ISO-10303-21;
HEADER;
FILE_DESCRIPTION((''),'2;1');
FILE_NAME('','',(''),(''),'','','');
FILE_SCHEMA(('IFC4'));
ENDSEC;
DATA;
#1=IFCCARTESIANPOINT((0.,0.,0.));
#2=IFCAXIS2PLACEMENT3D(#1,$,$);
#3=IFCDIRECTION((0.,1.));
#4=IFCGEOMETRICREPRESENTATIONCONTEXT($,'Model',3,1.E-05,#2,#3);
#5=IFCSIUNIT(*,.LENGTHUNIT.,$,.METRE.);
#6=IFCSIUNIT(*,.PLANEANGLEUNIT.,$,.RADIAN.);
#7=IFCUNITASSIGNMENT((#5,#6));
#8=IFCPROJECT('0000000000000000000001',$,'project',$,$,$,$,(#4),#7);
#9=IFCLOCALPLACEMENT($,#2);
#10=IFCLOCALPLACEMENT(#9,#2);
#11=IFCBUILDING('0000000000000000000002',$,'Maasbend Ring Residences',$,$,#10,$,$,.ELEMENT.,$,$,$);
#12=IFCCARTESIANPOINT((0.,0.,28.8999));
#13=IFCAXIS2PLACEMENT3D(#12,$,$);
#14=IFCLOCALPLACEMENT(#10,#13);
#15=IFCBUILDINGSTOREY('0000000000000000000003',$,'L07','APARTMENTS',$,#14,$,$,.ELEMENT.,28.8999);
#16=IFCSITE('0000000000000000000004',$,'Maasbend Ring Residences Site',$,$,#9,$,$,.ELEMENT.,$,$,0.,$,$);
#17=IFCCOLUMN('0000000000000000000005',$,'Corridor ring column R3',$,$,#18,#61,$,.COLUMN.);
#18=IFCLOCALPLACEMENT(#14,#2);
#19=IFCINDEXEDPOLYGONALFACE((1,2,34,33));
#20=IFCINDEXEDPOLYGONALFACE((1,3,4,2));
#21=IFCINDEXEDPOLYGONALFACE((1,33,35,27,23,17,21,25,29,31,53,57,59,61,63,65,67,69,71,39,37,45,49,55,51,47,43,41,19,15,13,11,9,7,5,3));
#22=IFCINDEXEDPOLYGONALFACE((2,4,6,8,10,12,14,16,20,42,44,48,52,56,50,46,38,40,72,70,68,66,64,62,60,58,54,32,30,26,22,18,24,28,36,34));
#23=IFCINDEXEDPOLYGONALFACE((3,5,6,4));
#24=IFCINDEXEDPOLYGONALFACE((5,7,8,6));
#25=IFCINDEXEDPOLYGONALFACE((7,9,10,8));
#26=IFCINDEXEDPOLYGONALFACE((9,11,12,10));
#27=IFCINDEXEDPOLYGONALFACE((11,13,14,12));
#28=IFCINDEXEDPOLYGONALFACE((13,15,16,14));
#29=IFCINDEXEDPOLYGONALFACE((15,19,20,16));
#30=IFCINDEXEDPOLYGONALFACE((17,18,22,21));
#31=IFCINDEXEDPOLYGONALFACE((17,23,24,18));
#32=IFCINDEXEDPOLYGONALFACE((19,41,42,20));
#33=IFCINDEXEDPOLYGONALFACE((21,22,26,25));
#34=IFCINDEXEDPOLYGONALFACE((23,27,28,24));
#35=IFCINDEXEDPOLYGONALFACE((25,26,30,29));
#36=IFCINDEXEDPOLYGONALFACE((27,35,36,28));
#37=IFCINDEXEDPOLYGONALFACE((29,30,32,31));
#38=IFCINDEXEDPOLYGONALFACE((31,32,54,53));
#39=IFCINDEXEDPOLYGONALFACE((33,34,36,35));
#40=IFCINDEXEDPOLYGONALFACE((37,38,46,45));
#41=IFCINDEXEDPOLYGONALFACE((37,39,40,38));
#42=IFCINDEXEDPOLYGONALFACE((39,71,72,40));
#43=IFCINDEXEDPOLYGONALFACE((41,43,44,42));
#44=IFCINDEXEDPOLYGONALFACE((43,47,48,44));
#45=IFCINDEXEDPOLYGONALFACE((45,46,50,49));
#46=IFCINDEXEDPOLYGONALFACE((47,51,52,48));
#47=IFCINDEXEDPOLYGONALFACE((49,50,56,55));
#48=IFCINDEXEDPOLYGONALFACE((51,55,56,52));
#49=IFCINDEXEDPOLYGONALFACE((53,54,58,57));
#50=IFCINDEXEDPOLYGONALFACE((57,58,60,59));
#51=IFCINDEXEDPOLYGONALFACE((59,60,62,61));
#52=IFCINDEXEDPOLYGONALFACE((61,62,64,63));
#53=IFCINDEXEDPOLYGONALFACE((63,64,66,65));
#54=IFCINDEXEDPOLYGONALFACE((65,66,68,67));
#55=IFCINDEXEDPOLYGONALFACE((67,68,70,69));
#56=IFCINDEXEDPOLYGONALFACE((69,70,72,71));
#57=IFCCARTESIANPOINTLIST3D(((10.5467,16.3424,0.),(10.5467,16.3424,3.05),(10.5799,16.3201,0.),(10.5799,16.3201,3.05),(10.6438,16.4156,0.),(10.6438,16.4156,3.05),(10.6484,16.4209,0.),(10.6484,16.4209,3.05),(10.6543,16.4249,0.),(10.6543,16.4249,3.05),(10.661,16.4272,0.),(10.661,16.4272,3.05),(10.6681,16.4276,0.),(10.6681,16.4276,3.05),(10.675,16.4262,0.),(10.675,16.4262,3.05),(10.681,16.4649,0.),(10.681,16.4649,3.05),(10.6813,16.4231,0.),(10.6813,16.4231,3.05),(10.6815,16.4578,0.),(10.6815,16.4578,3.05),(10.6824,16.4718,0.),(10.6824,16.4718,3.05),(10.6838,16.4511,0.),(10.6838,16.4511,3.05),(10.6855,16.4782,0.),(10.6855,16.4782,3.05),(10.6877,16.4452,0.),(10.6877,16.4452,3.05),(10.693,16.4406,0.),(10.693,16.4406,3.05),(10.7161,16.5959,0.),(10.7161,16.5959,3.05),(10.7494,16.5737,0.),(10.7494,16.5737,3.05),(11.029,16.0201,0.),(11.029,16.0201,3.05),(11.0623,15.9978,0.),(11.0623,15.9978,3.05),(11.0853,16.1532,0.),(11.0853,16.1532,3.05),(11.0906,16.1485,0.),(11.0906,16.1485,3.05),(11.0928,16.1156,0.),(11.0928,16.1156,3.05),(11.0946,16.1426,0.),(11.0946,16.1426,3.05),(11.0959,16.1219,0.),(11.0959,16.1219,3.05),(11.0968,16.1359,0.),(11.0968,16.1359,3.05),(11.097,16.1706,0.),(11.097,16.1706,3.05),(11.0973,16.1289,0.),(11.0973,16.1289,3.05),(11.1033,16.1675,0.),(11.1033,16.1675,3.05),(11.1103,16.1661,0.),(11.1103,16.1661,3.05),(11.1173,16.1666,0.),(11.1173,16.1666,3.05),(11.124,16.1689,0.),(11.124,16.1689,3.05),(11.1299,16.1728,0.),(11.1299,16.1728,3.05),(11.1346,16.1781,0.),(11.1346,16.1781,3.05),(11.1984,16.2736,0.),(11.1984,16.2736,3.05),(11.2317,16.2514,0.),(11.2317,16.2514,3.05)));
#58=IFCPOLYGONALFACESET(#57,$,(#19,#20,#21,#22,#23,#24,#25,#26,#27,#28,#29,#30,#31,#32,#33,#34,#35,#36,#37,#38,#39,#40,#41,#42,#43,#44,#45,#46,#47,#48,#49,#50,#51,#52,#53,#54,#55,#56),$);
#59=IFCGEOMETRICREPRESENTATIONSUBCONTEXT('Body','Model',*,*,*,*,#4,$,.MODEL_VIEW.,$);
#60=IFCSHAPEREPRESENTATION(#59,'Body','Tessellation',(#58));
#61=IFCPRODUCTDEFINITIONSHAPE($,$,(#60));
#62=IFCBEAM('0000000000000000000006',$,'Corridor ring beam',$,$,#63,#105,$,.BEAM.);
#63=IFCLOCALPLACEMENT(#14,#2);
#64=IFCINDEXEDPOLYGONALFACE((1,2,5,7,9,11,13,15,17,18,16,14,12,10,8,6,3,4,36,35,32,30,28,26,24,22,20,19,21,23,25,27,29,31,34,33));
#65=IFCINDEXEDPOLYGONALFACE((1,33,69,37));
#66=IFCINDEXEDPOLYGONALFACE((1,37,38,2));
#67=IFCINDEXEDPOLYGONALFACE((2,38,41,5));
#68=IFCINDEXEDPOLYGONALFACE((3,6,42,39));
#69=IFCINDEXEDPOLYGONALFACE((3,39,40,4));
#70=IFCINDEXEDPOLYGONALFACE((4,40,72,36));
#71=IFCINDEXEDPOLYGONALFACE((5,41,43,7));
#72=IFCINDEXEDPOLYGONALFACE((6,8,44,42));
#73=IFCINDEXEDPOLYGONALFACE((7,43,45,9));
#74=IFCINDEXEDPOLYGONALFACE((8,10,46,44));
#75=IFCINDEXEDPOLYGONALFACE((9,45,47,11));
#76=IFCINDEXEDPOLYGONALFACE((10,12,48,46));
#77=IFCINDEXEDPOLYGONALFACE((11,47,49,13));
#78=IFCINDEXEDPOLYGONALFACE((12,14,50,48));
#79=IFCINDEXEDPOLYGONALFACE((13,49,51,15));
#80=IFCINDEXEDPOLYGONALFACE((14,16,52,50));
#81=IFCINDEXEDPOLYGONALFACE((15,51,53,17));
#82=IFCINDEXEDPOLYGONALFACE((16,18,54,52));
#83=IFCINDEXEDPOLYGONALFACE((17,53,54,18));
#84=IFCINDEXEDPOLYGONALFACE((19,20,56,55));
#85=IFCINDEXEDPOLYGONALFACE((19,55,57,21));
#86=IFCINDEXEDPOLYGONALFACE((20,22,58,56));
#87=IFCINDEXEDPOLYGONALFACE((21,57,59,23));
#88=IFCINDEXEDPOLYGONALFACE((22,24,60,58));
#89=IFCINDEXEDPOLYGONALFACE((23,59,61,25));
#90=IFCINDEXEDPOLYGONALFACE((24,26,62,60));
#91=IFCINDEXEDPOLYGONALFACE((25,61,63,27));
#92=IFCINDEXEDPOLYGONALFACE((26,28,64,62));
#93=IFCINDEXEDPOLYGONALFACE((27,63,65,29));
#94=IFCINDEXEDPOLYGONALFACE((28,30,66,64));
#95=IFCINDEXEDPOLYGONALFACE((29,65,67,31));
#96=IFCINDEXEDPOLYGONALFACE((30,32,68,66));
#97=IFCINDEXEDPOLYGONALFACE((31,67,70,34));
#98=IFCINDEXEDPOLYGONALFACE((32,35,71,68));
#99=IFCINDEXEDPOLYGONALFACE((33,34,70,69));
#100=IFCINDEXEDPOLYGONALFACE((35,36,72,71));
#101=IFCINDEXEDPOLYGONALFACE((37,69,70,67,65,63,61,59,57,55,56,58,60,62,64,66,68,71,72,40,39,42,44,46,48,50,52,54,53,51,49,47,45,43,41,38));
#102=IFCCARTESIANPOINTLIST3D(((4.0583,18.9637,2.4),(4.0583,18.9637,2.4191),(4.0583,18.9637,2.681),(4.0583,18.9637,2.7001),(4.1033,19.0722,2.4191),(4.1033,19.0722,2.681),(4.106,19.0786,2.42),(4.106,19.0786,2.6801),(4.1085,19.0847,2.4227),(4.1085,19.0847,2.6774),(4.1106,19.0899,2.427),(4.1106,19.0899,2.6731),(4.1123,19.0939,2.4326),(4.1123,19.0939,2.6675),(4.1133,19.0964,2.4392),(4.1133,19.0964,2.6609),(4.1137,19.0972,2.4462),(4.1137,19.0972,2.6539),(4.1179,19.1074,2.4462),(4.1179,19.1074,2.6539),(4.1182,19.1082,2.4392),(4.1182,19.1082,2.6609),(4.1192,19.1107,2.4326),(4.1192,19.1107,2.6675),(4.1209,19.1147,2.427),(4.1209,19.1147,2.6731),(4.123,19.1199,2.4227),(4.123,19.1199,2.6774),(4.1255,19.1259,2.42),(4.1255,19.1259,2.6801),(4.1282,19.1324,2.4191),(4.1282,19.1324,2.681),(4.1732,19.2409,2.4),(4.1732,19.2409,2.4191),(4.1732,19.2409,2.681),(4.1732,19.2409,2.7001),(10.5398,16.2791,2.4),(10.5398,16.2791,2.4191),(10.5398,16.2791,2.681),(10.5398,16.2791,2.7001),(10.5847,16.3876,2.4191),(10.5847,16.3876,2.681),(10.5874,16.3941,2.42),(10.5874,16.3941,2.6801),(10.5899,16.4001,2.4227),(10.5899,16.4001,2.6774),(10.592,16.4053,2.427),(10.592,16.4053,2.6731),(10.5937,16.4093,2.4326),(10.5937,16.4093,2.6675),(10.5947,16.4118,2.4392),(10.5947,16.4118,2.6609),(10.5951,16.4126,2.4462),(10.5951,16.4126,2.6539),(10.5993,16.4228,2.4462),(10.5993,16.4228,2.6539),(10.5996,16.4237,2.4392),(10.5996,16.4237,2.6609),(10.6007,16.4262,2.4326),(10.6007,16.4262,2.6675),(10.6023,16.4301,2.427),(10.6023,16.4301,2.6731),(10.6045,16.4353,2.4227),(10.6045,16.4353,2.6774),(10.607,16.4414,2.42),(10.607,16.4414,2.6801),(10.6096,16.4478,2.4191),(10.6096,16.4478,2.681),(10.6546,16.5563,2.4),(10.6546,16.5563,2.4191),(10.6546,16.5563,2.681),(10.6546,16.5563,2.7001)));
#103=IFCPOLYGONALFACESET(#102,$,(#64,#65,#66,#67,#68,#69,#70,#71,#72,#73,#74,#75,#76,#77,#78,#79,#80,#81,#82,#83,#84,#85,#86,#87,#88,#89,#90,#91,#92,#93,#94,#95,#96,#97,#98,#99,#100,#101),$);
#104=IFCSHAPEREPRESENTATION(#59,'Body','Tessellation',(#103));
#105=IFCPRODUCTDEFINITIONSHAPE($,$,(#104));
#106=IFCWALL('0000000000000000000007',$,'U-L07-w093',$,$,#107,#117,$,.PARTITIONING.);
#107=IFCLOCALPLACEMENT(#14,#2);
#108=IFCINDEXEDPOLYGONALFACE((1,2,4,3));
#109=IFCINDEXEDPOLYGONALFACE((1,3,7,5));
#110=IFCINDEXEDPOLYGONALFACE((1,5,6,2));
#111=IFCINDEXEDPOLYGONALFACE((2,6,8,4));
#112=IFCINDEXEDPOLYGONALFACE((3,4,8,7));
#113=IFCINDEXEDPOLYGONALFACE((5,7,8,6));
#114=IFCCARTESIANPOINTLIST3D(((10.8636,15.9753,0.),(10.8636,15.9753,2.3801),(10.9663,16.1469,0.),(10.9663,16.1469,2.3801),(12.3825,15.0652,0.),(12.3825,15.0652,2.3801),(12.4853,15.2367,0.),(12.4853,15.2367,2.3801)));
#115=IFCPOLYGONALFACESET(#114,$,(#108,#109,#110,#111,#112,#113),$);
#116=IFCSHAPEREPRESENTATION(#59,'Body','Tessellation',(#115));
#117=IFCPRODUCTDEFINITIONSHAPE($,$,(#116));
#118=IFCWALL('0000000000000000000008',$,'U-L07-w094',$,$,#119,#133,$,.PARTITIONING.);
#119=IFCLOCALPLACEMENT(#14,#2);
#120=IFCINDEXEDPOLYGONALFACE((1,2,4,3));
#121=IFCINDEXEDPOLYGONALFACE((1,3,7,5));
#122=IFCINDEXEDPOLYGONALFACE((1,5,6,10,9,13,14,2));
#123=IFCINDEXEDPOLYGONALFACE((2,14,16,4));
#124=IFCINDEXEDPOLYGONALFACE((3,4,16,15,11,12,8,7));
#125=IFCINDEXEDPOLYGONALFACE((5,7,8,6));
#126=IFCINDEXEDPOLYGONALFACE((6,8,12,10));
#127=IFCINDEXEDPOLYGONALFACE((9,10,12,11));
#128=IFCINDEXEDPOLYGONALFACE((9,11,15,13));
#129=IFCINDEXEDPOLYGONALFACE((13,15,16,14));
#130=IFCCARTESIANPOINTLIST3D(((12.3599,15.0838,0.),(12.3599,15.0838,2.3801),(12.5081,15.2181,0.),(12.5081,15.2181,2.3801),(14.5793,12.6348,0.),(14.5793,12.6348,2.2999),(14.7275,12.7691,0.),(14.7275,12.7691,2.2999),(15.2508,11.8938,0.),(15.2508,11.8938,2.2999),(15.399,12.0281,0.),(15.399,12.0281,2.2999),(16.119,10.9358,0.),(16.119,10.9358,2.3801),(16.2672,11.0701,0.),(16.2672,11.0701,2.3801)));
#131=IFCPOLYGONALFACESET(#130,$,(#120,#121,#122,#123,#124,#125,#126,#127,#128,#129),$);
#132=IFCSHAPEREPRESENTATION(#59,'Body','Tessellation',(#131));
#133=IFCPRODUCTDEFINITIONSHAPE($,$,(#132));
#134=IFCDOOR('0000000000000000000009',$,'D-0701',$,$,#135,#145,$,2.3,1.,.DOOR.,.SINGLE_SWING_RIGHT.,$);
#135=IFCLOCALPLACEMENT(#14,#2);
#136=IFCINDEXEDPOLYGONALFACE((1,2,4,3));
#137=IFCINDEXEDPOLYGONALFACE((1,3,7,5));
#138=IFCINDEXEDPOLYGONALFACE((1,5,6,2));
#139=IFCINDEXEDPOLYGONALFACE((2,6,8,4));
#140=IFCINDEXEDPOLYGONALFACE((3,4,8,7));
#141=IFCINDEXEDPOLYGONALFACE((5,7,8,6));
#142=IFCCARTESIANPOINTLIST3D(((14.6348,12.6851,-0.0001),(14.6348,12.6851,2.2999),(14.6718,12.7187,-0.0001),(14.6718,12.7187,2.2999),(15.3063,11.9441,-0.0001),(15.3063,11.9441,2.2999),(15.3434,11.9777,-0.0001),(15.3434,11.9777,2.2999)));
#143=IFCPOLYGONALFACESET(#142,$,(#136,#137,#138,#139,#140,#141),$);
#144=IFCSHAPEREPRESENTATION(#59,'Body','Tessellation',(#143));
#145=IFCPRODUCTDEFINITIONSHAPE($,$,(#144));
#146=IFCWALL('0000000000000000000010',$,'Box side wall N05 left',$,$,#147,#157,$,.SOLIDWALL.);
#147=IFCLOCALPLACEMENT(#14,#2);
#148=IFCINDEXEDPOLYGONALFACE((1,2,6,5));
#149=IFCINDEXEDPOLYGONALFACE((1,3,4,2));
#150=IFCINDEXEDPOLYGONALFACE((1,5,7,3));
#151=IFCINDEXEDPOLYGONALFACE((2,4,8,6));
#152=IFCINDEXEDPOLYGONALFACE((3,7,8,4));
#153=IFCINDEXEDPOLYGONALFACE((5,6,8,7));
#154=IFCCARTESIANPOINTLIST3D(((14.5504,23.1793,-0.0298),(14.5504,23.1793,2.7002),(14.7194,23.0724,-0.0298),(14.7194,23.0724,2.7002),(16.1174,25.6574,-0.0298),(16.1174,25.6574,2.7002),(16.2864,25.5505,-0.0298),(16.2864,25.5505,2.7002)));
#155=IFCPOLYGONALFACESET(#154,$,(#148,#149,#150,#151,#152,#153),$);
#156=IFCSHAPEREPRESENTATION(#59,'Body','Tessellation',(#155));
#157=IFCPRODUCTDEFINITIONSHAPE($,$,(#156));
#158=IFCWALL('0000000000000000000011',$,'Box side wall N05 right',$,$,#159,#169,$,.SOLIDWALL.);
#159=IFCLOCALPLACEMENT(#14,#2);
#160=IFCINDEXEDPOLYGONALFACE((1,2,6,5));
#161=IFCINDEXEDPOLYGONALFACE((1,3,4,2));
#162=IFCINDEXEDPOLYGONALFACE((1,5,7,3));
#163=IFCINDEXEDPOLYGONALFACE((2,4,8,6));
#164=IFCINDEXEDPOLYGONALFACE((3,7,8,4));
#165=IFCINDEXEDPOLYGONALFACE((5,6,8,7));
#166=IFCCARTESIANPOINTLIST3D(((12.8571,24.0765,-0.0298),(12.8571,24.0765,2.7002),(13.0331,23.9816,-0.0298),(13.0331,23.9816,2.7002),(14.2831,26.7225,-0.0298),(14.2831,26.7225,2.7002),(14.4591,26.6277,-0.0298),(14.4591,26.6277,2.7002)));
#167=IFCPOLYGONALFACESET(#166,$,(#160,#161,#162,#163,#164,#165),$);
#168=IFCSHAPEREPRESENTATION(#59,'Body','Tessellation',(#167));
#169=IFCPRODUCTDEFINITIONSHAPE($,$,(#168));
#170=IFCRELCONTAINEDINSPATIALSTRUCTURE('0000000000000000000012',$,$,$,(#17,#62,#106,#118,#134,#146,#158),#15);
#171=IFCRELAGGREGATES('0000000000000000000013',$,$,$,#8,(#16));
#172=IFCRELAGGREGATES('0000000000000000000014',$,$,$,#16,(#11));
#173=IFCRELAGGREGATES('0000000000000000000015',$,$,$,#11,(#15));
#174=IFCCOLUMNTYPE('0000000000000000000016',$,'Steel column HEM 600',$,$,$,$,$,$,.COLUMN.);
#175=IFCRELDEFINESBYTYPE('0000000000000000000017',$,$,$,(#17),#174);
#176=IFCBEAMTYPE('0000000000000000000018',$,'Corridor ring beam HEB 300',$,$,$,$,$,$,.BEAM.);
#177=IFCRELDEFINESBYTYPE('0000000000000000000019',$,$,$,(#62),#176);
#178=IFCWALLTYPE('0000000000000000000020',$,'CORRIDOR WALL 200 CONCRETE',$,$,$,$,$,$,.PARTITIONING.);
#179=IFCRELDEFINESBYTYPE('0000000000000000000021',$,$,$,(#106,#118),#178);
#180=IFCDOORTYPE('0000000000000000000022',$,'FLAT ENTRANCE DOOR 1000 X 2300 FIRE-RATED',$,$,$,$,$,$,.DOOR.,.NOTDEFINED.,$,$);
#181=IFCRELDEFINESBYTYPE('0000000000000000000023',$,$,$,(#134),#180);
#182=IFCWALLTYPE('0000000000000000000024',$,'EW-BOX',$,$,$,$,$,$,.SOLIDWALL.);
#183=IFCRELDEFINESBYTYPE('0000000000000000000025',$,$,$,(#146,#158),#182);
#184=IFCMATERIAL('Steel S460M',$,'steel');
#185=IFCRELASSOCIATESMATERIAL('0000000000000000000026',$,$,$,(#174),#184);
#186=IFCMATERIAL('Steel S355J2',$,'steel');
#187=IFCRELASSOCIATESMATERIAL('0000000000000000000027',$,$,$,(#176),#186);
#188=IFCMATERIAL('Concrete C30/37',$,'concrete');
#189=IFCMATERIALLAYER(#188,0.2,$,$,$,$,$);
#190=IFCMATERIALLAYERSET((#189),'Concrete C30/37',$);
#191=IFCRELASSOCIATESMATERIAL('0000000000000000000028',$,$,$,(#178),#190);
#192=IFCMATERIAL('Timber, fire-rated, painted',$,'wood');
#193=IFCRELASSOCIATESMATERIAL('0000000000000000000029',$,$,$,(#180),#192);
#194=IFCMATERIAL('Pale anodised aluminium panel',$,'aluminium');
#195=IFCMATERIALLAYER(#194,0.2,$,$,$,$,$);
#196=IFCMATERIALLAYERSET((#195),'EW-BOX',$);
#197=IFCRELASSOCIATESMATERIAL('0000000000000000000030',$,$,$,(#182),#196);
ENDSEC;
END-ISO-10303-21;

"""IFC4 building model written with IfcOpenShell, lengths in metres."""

from ifc_helpers import new_model, si_unit, direction, frame, frame_2d, origin, origin_2d, place, context, subcontext, project, spatial, rectangle, i_section, extrude, material, layer, layer_set, material_profile, profile_set, type_object, element, fill, save


model = new_model("IFC4")

# Units and contexts
model_context = context("Model", 3, precision=1e-05, world=origin(), true_north=direction((0.0, 1.0)))
body_context = subcontext(model_context, "Body", "Model", "MODEL_VIEW")
ifc_project = project(units=[si_unit("LENGTHUNIT", "METRE"), si_unit("PLANEANGLEUNIT", "RADIAN")], contexts=[model_context])

# Site, building, storey
site_placement = place(None, origin())
site = spatial("IfcSite", under=ifc_project, at=site_placement, Name="Maasbend Ring Residences Site", CompositionType="ELEMENT", RefElevation=0.0)
building_placement = place(site_placement, origin())
building = spatial("IfcBuilding", under=site, at=building_placement, Name="Maasbend Ring Residences", CompositionType="ELEMENT")
storey_placement = place(building_placement, frame((0.0, 0.0, 28.8999)))
storey = spatial("IfcBuildingStorey", under=building, at=storey_placement, Name="L07", Description="APARTMENTS", CompositionType="ELEMENT", Elevation=28.8999)

# Column
ifc_material_1 = material(Name="Steel S460M", Category="steel")
ifc_material_profile_1 = material_profile(ifc_material_1, i_section(OverallWidth=0.3049, OverallDepth=0.6201, WebThickness=0.021, FlangeThickness=0.04, FilletRadius=0.0271, at=origin_2d()), Name="HEM 600")
ifc_profile_set_1 = profile_set([ifc_material_profile_1], Name="Steel S460M")
column_type = type_object("IfcColumnType", Name="Steel column HEM 600", PredefinedType="COLUMN", material=ifc_profile_set_1)
column_placement = place(storey_placement, frame((10.8892, 16.2969, 0.0), z_axis=(0.0, 0.0, 1.0), x_axis=(0.55557, 0.83147, 0.0)))
element("IfcColumn", 1, at=column_placement, inside=storey, type_object=column_type, Name="Corridor ring column R3", PredefinedType="COLUMN", context=body_context, shape_type="SweptSolid", body=[
    extrude(i_section(OverallWidth=0.3049, OverallDepth=0.6201, WebThickness=0.021, FlangeThickness=0.04, FilletRadius=0.0271, at=origin_2d()), origin(), (0.0, 0.0, 1.0), 3.05),
])

# Beam
ifc_material_2 = material(Name="Steel S355J2", Category="steel")
ifc_material_profile_2 = material_profile(ifc_material_2, i_section(OverallWidth=0.3, OverallDepth=0.3, WebThickness=0.011, FlangeThickness=0.019, FilletRadius=0.0271, at=origin_2d()), Name="HEB 300")
ifc_profile_set_2 = profile_set([ifc_material_profile_2], Name="Steel S355J2")
beam_type = type_object("IfcBeamType", Name="Corridor ring beam HEB 300", PredefinedType="BEAM", material=ifc_profile_set_2)
beam_placement = place(storey_placement, frame((10.5972, 16.4177, 2.55), z_axis=(-0.923886, 0.382667, 0.0), x_axis=(-0.382667, -0.923886, 0.0)))
element("IfcBeam", 2, at=beam_placement, inside=storey, type_object=beam_type, Name="Corridor ring beam", PredefinedType="BEAM", context=body_context, shape_type="SweptSolid", body=[
    extrude(i_section(OverallWidth=0.3, OverallDepth=0.3, WebThickness=0.011, FlangeThickness=0.019, FilletRadius=0.0271, at=origin_2d()), origin(), (0.0, 0.0, 1.0), 7.0154),
])

# Wall
ifc_material_3 = material(Name="Concrete C30/37", Category="concrete")
ifc_layer_1 = layer(ifc_material_3, 0.2)
ifc_layer_set_1 = layer_set([ifc_layer_1], Name="Concrete C30/37")
wall_type_1 = type_object("IfcWallType", Name="CORRIDOR WALL 200 CONCRETE", PredefinedType="PARTITIONING", material=ifc_layer_set_1)
wall_1_placement = place(storey_placement, frame((10.915, 16.061, 0.0), z_axis=(0.0, 0.0, 1.0), x_axis=(0.857809, -0.513969, 0.0)))
element("IfcWall", 3, at=wall_1_placement, inside=storey, type_object=wall_type_1, Name="U-L07-w093", PredefinedType="PARTITIONING", context=body_context, shape_type="SweptSolid", body=[
    extrude(rectangle(XDim=1.7708, YDim=0.2, at=frame_2d((0.8853, 0.0))), origin(), (0.0, 0.0, 1.0), 2.3801),
])

# Wall, opening, door
wall_2_placement = place(storey_placement, frame((12.4341, 15.1509, 0.0), z_axis=(0.0, 0.0, 1.0), x_axis=(0.671515, -0.740991, 0.0)))
wall_2 = element("IfcWall", 4, at=wall_2_placement, inside=storey, type_object=wall_type_1, Name="U-L07-w094", PredefinedType="PARTITIONING", context=body_context, shape_type="SweptSolid", body=[
    extrude(rectangle(XDim=5.5979, YDim=0.2, at=frame_2d((2.7988, 0.0))), origin(), (0.0, 0.0, 1.0), 2.3801),
])
opening_1_placement = place(wall_2_placement, frame((3.3049, 0.0, 0.0)))
opening_1 = element("IfcOpeningElement", 5, at=opening_1_placement, cuts=wall_2, PredefinedType="OPENING", context=body_context, shape_type="SweptSolid", body=[
    extrude(rectangle(XDim=1.0, YDim=2.3, at=frame_2d((0.5, 1.1499))), frame((0.0, 0.1099, 0.0), z_axis=(0.0, -1.0, 0.0), x_axis=(1.0, 0.0, 0.0)), (0.0, 0.0, 1.0), 0.22),
])
ifc_material_4 = material(Name="Timber, fire-rated, painted", Category="wood")
door_type_1 = type_object("IfcDoorType", Name="FLAT ENTRANCE DOOR 1000 X 2300 FIRE-RATED", OperationType="NOTDEFINED", PredefinedType="DOOR", material=ifc_material_4)
door_1_placement = place(opening_1_placement, origin())
door_1 = element("IfcDoor", 6, at=door_1_placement, inside=storey, type_object=door_type_1, Name="D-0701", OperationType="SINGLE_SWING_RIGHT", OverallHeight=2.3, OverallWidth=1.0, PredefinedType="DOOR", context=body_context, shape_type="SweptSolid", body=[
    extrude(rectangle(XDim=1.0, YDim=2.3, at=frame_2d((0.5, 1.1499))), frame((0.0, 0.0249, 0.0), z_axis=(0.0, -1.0, 0.0), x_axis=(1.0, 0.0, 0.0)), (0.0, 0.0, 1.0), 0.05),
])
fill(opening_1, door_1)

# Walls
ifc_material_5 = material(Name="Pale anodised aluminium panel", Category="aluminium")
ifc_layer_2 = layer(ifc_material_5, 0.2)
ifc_layer_set_2 = layer_set([ifc_layer_2], Name="EW-BOX")
wall_type_2 = type_object("IfcWallType", Name="EW-BOX", PredefinedType="SOLIDWALL", material=ifc_layer_set_2)
wall_3_placement = place(storey_placement, frame((14.635, 23.126, -0.0298), z_axis=(0.0, 0.0, 1.0), x_axis=(0.534438, 0.845208, 0.0)))
element("IfcWall", 7, at=wall_3_placement, inside=storey, type_object=wall_type_2, Name="Box side wall N05 left", PredefinedType="SOLIDWALL", context=body_context, shape_type="SweptSolid", body=[
    extrude(rectangle(XDim=2.9319, YDim=0.2, at=frame_2d((1.4658, 0.0))), origin(), (0.0, 0.0, 1.0), 2.73),
])
wall_4_placement = place(storey_placement, frame((12.9451, 24.0291, -0.0298), z_axis=(0.0, 0.0, 1.0), x_axis=(0.474424, 0.880296, 0.0)))
element("IfcWall", 8, at=wall_4_placement, inside=storey, type_object=wall_type_2, Name="Box side wall N05 right", PredefinedType="SOLIDWALL", context=body_context, shape_type="SweptSolid", body=[
    extrude(rectangle(XDim=3.0059, YDim=0.2, at=frame_2d((1.5029, 0.0))), origin(), (0.0, 0.0, 1.0), 2.73),
])

save(model, "model.ifc")
